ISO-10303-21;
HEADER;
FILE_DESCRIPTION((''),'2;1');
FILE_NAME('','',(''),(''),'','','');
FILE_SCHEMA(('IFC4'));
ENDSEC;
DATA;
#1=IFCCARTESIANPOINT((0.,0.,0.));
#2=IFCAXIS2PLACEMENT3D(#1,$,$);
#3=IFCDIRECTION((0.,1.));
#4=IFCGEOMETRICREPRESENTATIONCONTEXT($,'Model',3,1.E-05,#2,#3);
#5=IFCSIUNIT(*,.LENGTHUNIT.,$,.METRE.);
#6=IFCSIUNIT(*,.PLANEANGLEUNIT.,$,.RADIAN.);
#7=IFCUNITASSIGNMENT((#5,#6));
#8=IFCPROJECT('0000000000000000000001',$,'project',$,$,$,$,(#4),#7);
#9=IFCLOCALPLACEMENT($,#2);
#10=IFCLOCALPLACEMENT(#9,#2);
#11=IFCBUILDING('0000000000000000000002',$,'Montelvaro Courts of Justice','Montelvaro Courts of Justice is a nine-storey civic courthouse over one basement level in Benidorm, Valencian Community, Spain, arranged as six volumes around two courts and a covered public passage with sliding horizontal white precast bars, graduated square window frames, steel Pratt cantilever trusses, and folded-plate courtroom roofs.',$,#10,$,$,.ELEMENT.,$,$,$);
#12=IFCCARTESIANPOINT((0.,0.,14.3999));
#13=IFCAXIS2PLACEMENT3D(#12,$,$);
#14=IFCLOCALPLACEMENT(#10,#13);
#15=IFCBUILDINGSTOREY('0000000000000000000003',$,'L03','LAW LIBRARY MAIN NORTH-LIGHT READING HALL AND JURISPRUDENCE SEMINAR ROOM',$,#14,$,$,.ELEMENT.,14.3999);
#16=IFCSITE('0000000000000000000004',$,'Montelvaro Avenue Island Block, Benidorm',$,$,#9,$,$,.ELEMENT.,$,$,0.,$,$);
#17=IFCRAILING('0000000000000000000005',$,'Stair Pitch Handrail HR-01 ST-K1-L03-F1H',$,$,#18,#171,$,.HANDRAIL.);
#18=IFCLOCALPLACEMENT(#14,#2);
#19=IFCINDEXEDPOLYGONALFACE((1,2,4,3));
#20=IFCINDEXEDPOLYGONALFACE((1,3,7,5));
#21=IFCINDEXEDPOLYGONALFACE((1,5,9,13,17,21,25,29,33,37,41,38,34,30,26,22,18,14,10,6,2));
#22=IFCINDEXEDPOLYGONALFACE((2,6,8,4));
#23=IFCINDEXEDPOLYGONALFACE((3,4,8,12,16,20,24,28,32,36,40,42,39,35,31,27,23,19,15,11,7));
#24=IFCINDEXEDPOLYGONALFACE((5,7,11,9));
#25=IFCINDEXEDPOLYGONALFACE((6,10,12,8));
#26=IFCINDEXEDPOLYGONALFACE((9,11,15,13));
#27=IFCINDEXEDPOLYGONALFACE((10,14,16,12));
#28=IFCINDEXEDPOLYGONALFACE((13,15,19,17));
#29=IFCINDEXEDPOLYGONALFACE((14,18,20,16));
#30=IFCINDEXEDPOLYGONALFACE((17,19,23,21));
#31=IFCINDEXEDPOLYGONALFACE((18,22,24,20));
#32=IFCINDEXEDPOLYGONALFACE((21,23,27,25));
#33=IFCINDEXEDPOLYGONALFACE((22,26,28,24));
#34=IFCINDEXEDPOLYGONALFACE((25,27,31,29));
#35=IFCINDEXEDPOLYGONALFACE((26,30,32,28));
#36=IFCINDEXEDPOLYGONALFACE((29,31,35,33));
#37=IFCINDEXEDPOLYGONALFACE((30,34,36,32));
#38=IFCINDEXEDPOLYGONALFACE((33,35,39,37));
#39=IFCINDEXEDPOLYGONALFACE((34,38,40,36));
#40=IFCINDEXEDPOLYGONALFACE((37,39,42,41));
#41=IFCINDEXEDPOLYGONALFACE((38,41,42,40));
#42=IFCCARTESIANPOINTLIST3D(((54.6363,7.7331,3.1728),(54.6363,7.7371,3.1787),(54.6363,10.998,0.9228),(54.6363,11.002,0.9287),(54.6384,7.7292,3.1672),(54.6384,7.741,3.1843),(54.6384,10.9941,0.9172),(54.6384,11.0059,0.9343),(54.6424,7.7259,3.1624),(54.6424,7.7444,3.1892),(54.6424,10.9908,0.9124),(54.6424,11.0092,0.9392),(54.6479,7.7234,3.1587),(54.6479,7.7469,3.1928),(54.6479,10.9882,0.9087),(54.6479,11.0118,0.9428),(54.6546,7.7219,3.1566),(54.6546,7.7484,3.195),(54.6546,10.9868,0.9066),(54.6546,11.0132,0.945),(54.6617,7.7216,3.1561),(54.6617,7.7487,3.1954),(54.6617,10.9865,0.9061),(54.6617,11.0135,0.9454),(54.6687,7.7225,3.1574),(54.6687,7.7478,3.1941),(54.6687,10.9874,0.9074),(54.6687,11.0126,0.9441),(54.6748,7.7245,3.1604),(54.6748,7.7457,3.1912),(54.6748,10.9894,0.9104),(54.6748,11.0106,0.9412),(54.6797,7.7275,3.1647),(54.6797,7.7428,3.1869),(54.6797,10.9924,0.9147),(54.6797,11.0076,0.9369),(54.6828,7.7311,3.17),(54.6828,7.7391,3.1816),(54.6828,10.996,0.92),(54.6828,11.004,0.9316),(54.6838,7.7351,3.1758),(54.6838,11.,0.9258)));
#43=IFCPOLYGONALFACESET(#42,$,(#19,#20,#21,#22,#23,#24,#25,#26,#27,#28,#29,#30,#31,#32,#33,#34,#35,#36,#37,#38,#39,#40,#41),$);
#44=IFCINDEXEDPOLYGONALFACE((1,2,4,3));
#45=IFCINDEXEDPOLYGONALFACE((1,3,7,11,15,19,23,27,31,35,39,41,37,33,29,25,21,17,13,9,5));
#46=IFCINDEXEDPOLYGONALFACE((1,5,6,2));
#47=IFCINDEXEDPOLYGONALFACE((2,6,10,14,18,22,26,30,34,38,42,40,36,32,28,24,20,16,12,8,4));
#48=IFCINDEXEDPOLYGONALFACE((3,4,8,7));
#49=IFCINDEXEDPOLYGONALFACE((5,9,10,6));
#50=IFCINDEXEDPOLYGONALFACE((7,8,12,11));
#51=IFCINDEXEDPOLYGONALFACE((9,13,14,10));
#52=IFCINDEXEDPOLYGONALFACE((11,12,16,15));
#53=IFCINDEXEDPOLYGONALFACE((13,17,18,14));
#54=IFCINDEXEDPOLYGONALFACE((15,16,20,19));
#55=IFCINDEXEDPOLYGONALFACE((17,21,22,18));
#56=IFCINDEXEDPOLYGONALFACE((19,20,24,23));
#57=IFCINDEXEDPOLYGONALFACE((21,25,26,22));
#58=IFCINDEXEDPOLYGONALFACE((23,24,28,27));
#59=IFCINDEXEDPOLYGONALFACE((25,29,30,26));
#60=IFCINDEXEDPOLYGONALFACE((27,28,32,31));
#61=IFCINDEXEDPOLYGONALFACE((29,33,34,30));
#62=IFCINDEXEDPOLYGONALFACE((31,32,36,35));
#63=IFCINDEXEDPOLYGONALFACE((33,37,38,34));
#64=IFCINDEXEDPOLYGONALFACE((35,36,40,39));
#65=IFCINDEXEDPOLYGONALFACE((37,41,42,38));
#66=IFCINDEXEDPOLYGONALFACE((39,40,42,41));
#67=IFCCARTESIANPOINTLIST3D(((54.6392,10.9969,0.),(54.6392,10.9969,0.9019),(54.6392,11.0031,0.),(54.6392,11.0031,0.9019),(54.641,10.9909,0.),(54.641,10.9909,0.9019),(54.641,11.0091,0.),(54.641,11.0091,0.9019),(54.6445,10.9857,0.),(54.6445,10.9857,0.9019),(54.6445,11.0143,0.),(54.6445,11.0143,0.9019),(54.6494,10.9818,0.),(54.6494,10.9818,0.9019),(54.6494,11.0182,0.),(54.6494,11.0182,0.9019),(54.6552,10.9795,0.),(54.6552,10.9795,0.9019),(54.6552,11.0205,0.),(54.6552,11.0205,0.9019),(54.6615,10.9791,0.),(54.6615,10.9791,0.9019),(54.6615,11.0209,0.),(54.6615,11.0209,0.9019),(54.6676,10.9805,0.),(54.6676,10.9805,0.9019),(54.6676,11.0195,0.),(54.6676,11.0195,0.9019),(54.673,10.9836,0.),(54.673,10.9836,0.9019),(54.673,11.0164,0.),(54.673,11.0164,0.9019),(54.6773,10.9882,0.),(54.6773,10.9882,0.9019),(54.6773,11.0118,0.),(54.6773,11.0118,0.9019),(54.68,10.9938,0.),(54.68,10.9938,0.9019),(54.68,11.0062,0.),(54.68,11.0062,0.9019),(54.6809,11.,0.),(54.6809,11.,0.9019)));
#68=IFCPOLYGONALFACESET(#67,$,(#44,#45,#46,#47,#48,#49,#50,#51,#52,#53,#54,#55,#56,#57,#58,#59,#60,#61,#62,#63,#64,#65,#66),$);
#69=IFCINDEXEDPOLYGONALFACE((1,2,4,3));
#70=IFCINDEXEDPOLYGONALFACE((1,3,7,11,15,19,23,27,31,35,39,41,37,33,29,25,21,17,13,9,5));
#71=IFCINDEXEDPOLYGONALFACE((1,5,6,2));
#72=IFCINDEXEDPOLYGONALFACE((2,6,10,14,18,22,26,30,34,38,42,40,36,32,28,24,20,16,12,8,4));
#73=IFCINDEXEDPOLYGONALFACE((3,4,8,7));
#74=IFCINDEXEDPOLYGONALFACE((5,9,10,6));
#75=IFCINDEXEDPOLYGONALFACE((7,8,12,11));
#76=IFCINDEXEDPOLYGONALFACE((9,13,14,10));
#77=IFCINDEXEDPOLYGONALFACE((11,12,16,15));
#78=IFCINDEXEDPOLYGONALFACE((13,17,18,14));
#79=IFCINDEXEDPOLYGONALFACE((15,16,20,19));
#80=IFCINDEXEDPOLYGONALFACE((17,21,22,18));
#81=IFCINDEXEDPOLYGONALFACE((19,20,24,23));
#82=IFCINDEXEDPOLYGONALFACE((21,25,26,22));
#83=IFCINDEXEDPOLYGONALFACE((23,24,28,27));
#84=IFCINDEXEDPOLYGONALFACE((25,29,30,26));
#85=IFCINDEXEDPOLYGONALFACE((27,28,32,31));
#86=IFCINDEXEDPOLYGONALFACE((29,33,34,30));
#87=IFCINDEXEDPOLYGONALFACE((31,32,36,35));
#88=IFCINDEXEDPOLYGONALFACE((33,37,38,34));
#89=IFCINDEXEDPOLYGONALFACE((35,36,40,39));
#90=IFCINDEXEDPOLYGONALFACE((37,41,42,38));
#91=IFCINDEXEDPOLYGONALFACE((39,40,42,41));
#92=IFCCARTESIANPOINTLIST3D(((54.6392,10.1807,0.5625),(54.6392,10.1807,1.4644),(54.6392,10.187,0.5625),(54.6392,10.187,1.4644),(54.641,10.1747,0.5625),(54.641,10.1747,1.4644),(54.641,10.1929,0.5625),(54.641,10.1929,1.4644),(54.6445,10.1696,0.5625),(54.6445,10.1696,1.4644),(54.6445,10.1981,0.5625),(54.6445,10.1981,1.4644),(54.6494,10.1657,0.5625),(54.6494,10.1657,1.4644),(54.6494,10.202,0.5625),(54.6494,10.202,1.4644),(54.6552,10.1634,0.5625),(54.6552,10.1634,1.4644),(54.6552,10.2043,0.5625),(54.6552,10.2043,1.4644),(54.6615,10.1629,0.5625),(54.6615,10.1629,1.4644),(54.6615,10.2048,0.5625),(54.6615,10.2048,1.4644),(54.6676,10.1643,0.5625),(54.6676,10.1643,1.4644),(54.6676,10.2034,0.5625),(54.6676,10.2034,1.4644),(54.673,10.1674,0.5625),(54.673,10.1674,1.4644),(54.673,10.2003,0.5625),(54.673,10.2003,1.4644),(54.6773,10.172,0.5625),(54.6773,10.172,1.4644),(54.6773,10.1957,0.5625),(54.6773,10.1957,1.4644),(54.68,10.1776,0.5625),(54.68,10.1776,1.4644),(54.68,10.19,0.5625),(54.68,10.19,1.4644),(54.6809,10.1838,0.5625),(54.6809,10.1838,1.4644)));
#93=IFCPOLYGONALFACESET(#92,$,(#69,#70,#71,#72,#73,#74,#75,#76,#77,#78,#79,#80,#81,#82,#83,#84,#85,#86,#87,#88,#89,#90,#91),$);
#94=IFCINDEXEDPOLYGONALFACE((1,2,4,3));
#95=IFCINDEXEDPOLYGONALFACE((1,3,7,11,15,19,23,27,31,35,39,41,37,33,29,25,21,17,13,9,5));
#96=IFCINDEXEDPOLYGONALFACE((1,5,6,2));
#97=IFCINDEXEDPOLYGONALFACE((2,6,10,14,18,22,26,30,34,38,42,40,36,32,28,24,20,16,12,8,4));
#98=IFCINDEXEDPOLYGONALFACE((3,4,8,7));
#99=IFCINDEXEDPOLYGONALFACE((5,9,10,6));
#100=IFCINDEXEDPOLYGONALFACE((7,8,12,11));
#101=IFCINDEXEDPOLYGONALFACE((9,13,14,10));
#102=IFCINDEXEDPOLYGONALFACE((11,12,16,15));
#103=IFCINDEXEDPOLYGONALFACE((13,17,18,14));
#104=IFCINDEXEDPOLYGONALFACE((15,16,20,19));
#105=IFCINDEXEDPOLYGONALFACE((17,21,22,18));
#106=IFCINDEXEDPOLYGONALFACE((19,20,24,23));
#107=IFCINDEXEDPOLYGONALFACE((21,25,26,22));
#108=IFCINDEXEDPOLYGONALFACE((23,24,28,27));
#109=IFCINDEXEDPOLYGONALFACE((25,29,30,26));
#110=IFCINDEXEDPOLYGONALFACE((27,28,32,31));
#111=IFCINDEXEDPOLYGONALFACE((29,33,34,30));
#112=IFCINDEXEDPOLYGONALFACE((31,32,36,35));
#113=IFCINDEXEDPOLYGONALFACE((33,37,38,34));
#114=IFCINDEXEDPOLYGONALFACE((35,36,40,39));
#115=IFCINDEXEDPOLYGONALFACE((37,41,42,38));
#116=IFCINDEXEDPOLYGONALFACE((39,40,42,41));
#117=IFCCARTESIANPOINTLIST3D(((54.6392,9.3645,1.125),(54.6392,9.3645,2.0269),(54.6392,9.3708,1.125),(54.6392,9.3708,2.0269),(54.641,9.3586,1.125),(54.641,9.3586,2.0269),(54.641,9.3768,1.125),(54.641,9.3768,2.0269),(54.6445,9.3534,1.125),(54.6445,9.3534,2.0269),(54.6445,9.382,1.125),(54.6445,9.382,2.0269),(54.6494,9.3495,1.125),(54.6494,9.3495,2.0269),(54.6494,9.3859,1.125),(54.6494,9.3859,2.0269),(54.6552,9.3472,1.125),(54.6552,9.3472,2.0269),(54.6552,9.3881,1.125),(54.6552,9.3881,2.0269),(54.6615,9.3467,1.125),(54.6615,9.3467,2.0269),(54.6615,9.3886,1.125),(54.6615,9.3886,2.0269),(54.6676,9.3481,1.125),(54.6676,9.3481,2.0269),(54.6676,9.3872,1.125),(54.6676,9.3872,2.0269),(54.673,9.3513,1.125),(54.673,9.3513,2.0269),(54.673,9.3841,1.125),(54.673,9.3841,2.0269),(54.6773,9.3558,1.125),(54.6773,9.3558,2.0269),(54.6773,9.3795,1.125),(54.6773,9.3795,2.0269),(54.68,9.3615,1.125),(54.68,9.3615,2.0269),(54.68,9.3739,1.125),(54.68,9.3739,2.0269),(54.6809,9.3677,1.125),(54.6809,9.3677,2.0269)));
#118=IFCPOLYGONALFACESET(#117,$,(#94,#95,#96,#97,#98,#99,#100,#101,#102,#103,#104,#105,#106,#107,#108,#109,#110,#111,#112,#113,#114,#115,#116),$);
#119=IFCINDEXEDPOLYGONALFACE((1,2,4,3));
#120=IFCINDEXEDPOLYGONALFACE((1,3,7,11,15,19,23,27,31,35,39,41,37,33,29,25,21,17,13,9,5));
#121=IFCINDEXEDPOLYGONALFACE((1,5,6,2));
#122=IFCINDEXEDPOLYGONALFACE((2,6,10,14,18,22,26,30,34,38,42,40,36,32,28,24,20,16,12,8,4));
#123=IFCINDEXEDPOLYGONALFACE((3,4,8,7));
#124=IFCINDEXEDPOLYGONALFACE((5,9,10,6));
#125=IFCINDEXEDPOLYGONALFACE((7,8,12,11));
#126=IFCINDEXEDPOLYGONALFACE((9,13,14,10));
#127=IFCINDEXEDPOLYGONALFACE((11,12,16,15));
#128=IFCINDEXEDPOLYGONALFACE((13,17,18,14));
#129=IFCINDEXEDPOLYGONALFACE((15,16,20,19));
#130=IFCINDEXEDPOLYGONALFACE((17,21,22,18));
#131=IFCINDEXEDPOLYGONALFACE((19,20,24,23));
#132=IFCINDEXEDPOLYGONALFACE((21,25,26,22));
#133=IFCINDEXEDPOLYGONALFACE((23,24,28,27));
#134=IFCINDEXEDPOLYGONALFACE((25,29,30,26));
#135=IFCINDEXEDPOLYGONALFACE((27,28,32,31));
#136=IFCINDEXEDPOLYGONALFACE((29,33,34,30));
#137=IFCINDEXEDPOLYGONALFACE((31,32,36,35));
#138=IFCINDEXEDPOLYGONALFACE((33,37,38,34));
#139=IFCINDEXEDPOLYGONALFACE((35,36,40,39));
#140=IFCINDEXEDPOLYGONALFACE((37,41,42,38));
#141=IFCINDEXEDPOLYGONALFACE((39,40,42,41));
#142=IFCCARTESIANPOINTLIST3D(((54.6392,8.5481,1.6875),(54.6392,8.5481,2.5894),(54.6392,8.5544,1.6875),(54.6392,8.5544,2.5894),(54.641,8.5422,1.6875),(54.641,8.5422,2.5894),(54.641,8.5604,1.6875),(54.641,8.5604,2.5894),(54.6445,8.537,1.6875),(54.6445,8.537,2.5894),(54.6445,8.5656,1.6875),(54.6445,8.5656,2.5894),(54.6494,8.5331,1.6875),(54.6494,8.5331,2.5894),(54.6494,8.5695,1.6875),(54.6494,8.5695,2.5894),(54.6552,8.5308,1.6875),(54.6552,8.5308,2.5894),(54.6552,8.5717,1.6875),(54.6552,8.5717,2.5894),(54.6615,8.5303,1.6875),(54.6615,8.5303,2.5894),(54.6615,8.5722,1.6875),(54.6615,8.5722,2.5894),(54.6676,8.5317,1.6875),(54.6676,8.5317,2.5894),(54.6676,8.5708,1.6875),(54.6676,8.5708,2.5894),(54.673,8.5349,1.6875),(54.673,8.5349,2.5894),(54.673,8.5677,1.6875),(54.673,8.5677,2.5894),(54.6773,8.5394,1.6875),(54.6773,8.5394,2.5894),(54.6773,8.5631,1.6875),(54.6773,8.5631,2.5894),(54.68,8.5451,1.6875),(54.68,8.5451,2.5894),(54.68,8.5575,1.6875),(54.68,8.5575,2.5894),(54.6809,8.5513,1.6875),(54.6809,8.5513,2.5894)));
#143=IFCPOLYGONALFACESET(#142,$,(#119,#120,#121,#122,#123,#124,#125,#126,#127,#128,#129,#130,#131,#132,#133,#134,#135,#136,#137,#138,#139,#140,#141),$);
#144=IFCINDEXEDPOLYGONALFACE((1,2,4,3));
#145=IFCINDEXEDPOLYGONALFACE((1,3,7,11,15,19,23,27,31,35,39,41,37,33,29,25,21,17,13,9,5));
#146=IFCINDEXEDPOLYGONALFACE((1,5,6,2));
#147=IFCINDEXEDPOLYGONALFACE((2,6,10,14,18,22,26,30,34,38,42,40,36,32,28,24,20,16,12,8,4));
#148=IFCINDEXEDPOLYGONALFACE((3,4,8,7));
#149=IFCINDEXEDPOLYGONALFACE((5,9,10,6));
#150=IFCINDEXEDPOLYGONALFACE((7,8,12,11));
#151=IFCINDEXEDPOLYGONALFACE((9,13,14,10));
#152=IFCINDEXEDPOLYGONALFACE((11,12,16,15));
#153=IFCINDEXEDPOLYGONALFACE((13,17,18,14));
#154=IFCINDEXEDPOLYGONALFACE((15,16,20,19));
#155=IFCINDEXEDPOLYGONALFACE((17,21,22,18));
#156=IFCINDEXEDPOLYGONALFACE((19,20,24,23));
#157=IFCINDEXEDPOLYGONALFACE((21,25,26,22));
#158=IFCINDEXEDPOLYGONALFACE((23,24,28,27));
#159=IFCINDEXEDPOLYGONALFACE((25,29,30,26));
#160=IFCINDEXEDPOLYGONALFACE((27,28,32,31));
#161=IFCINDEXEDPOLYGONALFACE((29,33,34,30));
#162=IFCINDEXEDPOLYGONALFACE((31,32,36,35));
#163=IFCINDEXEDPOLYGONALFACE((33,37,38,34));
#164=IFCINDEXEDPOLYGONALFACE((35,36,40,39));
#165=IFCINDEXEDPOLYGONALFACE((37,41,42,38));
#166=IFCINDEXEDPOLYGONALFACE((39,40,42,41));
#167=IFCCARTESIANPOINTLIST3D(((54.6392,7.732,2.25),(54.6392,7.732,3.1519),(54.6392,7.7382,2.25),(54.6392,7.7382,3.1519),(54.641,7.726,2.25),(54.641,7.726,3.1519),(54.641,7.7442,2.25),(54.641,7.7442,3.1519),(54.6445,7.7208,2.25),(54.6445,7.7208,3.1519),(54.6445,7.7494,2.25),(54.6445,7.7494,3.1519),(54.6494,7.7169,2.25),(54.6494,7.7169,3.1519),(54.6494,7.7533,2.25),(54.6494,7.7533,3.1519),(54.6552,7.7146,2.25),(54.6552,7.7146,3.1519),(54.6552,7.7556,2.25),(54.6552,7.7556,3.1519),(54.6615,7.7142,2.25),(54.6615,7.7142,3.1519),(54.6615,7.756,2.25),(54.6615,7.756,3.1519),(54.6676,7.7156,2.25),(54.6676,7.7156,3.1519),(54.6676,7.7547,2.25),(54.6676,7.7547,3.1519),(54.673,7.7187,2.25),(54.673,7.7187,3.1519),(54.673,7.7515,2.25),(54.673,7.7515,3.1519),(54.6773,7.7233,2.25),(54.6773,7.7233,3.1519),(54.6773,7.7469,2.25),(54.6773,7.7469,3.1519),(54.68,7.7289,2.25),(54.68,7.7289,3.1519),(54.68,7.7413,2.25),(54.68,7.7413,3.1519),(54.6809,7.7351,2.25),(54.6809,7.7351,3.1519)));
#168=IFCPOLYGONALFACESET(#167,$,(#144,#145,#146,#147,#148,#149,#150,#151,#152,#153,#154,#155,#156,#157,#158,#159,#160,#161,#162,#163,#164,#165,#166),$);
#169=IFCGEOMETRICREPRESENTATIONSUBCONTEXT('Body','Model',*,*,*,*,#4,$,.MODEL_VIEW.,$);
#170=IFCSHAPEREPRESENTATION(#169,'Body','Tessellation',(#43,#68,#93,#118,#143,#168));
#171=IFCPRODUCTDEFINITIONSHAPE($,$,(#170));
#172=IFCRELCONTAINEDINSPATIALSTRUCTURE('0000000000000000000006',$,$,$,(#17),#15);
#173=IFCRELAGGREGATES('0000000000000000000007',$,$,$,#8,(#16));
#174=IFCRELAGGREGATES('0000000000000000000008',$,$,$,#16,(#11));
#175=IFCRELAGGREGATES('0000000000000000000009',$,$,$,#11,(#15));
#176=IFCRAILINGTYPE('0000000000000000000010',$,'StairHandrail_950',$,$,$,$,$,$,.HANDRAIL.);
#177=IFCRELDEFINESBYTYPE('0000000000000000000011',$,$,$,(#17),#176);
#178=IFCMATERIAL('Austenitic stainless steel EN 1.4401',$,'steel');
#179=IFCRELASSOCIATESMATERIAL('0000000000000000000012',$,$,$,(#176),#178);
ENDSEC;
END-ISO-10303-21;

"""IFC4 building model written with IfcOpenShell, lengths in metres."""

from ifc_helpers import new_model, si_unit, direction, frame, origin, origin_2d, place, context, subcontext, project, spatial, circle, extrude, material, type_object, element, save


model = new_model("IFC4")

# Units and contexts
model_context = context("Model", 3, precision=1e-05, world=origin(), true_north=direction((0.0, 1.0)))
body_context = subcontext(model_context, "Body", "Model", "MODEL_VIEW")
ifc_project = project(units=[si_unit("LENGTHUNIT", "METRE"), si_unit("PLANEANGLEUNIT", "RADIAN")], contexts=[model_context])

# Site, building, storey
site_placement = place(None, origin())
site = spatial("IfcSite", under=ifc_project, at=site_placement, Name="Montelvaro Avenue Island Block, Benidorm", CompositionType="ELEMENT", RefElevation=0.0)
building_placement = place(site_placement, origin())
building = spatial("IfcBuilding", under=site, at=building_placement, Name="Montelvaro Courts of Justice", Description="Montelvaro Courts of Justice is a nine-storey civic courthouse over one basement level in Benidorm, Valencian Community, Spain, arranged as six volumes around two courts and a covered public passage with sliding horizontal white precast bars, graduated square window frames, steel Pratt cantilever trusses, and folded-plate courtroom roofs.", CompositionType="ELEMENT")
storey_placement = place(building_placement, frame((0.0, 0.0, 14.3999)))
storey = spatial("IfcBuildingStorey", under=building, at=storey_placement, Name="L03", Description="LAW LIBRARY MAIN NORTH-LIGHT READING HALL AND JURISPRUDENCE SEMINAR ROOM", CompositionType="ELEMENT", Elevation=14.3999)

# Railing
ifc_material_1 = material(Name="Austenitic stainless steel EN 1.4401", Category="steel")
railing_type_1 = type_object("IfcRailingType", Name="StairHandrail_950", PredefinedType="HANDRAIL", material=ifc_material_1)
railing_1_placement = place(storey_placement, frame((54.6599, 11.0, 0.0)))
element("IfcRailing", 1, at=railing_1_placement, inside=storey, type_object=railing_type_1, Name="Stair Pitch Handrail HR-01 ST-K1-L03-F1H", PredefinedType="HANDRAIL", context=body_context, shape_type="SweptSolid", body=[
    extrude(circle(Radius=0.0239, at=origin_2d()), frame((0.0, 0.0, 0.9258), z_axis=(0.0, -0.823407, 0.567451), x_axis=(1.0, 0.0, 0.0)), (0.0, 0.0, 1.0), 3.9651),
    extrude(circle(Radius=0.021, at=origin_2d()), origin(), (0.0, 0.0, 1.0), 0.9019),
    extrude(circle(Radius=0.021, at=origin_2d()), frame((0.0, -0.8162, 0.5625)), (0.0, 0.0, 1.0), 0.9019),
    extrude(circle(Radius=0.021, at=origin_2d()), frame((0.0, -1.6323, 1.125)), (0.0, 0.0, 1.0), 0.9019),
    extrude(circle(Radius=0.021, at=origin_2d()), frame((0.0, -2.4487, 1.6875)), (0.0, 0.0, 1.0), 0.9019),
    extrude(circle(Radius=0.021, at=origin_2d()), frame((0.0, -3.2649, 2.25)), (0.0, 0.0, 1.0), 0.9019),
])

save(model, "model.ifc")
